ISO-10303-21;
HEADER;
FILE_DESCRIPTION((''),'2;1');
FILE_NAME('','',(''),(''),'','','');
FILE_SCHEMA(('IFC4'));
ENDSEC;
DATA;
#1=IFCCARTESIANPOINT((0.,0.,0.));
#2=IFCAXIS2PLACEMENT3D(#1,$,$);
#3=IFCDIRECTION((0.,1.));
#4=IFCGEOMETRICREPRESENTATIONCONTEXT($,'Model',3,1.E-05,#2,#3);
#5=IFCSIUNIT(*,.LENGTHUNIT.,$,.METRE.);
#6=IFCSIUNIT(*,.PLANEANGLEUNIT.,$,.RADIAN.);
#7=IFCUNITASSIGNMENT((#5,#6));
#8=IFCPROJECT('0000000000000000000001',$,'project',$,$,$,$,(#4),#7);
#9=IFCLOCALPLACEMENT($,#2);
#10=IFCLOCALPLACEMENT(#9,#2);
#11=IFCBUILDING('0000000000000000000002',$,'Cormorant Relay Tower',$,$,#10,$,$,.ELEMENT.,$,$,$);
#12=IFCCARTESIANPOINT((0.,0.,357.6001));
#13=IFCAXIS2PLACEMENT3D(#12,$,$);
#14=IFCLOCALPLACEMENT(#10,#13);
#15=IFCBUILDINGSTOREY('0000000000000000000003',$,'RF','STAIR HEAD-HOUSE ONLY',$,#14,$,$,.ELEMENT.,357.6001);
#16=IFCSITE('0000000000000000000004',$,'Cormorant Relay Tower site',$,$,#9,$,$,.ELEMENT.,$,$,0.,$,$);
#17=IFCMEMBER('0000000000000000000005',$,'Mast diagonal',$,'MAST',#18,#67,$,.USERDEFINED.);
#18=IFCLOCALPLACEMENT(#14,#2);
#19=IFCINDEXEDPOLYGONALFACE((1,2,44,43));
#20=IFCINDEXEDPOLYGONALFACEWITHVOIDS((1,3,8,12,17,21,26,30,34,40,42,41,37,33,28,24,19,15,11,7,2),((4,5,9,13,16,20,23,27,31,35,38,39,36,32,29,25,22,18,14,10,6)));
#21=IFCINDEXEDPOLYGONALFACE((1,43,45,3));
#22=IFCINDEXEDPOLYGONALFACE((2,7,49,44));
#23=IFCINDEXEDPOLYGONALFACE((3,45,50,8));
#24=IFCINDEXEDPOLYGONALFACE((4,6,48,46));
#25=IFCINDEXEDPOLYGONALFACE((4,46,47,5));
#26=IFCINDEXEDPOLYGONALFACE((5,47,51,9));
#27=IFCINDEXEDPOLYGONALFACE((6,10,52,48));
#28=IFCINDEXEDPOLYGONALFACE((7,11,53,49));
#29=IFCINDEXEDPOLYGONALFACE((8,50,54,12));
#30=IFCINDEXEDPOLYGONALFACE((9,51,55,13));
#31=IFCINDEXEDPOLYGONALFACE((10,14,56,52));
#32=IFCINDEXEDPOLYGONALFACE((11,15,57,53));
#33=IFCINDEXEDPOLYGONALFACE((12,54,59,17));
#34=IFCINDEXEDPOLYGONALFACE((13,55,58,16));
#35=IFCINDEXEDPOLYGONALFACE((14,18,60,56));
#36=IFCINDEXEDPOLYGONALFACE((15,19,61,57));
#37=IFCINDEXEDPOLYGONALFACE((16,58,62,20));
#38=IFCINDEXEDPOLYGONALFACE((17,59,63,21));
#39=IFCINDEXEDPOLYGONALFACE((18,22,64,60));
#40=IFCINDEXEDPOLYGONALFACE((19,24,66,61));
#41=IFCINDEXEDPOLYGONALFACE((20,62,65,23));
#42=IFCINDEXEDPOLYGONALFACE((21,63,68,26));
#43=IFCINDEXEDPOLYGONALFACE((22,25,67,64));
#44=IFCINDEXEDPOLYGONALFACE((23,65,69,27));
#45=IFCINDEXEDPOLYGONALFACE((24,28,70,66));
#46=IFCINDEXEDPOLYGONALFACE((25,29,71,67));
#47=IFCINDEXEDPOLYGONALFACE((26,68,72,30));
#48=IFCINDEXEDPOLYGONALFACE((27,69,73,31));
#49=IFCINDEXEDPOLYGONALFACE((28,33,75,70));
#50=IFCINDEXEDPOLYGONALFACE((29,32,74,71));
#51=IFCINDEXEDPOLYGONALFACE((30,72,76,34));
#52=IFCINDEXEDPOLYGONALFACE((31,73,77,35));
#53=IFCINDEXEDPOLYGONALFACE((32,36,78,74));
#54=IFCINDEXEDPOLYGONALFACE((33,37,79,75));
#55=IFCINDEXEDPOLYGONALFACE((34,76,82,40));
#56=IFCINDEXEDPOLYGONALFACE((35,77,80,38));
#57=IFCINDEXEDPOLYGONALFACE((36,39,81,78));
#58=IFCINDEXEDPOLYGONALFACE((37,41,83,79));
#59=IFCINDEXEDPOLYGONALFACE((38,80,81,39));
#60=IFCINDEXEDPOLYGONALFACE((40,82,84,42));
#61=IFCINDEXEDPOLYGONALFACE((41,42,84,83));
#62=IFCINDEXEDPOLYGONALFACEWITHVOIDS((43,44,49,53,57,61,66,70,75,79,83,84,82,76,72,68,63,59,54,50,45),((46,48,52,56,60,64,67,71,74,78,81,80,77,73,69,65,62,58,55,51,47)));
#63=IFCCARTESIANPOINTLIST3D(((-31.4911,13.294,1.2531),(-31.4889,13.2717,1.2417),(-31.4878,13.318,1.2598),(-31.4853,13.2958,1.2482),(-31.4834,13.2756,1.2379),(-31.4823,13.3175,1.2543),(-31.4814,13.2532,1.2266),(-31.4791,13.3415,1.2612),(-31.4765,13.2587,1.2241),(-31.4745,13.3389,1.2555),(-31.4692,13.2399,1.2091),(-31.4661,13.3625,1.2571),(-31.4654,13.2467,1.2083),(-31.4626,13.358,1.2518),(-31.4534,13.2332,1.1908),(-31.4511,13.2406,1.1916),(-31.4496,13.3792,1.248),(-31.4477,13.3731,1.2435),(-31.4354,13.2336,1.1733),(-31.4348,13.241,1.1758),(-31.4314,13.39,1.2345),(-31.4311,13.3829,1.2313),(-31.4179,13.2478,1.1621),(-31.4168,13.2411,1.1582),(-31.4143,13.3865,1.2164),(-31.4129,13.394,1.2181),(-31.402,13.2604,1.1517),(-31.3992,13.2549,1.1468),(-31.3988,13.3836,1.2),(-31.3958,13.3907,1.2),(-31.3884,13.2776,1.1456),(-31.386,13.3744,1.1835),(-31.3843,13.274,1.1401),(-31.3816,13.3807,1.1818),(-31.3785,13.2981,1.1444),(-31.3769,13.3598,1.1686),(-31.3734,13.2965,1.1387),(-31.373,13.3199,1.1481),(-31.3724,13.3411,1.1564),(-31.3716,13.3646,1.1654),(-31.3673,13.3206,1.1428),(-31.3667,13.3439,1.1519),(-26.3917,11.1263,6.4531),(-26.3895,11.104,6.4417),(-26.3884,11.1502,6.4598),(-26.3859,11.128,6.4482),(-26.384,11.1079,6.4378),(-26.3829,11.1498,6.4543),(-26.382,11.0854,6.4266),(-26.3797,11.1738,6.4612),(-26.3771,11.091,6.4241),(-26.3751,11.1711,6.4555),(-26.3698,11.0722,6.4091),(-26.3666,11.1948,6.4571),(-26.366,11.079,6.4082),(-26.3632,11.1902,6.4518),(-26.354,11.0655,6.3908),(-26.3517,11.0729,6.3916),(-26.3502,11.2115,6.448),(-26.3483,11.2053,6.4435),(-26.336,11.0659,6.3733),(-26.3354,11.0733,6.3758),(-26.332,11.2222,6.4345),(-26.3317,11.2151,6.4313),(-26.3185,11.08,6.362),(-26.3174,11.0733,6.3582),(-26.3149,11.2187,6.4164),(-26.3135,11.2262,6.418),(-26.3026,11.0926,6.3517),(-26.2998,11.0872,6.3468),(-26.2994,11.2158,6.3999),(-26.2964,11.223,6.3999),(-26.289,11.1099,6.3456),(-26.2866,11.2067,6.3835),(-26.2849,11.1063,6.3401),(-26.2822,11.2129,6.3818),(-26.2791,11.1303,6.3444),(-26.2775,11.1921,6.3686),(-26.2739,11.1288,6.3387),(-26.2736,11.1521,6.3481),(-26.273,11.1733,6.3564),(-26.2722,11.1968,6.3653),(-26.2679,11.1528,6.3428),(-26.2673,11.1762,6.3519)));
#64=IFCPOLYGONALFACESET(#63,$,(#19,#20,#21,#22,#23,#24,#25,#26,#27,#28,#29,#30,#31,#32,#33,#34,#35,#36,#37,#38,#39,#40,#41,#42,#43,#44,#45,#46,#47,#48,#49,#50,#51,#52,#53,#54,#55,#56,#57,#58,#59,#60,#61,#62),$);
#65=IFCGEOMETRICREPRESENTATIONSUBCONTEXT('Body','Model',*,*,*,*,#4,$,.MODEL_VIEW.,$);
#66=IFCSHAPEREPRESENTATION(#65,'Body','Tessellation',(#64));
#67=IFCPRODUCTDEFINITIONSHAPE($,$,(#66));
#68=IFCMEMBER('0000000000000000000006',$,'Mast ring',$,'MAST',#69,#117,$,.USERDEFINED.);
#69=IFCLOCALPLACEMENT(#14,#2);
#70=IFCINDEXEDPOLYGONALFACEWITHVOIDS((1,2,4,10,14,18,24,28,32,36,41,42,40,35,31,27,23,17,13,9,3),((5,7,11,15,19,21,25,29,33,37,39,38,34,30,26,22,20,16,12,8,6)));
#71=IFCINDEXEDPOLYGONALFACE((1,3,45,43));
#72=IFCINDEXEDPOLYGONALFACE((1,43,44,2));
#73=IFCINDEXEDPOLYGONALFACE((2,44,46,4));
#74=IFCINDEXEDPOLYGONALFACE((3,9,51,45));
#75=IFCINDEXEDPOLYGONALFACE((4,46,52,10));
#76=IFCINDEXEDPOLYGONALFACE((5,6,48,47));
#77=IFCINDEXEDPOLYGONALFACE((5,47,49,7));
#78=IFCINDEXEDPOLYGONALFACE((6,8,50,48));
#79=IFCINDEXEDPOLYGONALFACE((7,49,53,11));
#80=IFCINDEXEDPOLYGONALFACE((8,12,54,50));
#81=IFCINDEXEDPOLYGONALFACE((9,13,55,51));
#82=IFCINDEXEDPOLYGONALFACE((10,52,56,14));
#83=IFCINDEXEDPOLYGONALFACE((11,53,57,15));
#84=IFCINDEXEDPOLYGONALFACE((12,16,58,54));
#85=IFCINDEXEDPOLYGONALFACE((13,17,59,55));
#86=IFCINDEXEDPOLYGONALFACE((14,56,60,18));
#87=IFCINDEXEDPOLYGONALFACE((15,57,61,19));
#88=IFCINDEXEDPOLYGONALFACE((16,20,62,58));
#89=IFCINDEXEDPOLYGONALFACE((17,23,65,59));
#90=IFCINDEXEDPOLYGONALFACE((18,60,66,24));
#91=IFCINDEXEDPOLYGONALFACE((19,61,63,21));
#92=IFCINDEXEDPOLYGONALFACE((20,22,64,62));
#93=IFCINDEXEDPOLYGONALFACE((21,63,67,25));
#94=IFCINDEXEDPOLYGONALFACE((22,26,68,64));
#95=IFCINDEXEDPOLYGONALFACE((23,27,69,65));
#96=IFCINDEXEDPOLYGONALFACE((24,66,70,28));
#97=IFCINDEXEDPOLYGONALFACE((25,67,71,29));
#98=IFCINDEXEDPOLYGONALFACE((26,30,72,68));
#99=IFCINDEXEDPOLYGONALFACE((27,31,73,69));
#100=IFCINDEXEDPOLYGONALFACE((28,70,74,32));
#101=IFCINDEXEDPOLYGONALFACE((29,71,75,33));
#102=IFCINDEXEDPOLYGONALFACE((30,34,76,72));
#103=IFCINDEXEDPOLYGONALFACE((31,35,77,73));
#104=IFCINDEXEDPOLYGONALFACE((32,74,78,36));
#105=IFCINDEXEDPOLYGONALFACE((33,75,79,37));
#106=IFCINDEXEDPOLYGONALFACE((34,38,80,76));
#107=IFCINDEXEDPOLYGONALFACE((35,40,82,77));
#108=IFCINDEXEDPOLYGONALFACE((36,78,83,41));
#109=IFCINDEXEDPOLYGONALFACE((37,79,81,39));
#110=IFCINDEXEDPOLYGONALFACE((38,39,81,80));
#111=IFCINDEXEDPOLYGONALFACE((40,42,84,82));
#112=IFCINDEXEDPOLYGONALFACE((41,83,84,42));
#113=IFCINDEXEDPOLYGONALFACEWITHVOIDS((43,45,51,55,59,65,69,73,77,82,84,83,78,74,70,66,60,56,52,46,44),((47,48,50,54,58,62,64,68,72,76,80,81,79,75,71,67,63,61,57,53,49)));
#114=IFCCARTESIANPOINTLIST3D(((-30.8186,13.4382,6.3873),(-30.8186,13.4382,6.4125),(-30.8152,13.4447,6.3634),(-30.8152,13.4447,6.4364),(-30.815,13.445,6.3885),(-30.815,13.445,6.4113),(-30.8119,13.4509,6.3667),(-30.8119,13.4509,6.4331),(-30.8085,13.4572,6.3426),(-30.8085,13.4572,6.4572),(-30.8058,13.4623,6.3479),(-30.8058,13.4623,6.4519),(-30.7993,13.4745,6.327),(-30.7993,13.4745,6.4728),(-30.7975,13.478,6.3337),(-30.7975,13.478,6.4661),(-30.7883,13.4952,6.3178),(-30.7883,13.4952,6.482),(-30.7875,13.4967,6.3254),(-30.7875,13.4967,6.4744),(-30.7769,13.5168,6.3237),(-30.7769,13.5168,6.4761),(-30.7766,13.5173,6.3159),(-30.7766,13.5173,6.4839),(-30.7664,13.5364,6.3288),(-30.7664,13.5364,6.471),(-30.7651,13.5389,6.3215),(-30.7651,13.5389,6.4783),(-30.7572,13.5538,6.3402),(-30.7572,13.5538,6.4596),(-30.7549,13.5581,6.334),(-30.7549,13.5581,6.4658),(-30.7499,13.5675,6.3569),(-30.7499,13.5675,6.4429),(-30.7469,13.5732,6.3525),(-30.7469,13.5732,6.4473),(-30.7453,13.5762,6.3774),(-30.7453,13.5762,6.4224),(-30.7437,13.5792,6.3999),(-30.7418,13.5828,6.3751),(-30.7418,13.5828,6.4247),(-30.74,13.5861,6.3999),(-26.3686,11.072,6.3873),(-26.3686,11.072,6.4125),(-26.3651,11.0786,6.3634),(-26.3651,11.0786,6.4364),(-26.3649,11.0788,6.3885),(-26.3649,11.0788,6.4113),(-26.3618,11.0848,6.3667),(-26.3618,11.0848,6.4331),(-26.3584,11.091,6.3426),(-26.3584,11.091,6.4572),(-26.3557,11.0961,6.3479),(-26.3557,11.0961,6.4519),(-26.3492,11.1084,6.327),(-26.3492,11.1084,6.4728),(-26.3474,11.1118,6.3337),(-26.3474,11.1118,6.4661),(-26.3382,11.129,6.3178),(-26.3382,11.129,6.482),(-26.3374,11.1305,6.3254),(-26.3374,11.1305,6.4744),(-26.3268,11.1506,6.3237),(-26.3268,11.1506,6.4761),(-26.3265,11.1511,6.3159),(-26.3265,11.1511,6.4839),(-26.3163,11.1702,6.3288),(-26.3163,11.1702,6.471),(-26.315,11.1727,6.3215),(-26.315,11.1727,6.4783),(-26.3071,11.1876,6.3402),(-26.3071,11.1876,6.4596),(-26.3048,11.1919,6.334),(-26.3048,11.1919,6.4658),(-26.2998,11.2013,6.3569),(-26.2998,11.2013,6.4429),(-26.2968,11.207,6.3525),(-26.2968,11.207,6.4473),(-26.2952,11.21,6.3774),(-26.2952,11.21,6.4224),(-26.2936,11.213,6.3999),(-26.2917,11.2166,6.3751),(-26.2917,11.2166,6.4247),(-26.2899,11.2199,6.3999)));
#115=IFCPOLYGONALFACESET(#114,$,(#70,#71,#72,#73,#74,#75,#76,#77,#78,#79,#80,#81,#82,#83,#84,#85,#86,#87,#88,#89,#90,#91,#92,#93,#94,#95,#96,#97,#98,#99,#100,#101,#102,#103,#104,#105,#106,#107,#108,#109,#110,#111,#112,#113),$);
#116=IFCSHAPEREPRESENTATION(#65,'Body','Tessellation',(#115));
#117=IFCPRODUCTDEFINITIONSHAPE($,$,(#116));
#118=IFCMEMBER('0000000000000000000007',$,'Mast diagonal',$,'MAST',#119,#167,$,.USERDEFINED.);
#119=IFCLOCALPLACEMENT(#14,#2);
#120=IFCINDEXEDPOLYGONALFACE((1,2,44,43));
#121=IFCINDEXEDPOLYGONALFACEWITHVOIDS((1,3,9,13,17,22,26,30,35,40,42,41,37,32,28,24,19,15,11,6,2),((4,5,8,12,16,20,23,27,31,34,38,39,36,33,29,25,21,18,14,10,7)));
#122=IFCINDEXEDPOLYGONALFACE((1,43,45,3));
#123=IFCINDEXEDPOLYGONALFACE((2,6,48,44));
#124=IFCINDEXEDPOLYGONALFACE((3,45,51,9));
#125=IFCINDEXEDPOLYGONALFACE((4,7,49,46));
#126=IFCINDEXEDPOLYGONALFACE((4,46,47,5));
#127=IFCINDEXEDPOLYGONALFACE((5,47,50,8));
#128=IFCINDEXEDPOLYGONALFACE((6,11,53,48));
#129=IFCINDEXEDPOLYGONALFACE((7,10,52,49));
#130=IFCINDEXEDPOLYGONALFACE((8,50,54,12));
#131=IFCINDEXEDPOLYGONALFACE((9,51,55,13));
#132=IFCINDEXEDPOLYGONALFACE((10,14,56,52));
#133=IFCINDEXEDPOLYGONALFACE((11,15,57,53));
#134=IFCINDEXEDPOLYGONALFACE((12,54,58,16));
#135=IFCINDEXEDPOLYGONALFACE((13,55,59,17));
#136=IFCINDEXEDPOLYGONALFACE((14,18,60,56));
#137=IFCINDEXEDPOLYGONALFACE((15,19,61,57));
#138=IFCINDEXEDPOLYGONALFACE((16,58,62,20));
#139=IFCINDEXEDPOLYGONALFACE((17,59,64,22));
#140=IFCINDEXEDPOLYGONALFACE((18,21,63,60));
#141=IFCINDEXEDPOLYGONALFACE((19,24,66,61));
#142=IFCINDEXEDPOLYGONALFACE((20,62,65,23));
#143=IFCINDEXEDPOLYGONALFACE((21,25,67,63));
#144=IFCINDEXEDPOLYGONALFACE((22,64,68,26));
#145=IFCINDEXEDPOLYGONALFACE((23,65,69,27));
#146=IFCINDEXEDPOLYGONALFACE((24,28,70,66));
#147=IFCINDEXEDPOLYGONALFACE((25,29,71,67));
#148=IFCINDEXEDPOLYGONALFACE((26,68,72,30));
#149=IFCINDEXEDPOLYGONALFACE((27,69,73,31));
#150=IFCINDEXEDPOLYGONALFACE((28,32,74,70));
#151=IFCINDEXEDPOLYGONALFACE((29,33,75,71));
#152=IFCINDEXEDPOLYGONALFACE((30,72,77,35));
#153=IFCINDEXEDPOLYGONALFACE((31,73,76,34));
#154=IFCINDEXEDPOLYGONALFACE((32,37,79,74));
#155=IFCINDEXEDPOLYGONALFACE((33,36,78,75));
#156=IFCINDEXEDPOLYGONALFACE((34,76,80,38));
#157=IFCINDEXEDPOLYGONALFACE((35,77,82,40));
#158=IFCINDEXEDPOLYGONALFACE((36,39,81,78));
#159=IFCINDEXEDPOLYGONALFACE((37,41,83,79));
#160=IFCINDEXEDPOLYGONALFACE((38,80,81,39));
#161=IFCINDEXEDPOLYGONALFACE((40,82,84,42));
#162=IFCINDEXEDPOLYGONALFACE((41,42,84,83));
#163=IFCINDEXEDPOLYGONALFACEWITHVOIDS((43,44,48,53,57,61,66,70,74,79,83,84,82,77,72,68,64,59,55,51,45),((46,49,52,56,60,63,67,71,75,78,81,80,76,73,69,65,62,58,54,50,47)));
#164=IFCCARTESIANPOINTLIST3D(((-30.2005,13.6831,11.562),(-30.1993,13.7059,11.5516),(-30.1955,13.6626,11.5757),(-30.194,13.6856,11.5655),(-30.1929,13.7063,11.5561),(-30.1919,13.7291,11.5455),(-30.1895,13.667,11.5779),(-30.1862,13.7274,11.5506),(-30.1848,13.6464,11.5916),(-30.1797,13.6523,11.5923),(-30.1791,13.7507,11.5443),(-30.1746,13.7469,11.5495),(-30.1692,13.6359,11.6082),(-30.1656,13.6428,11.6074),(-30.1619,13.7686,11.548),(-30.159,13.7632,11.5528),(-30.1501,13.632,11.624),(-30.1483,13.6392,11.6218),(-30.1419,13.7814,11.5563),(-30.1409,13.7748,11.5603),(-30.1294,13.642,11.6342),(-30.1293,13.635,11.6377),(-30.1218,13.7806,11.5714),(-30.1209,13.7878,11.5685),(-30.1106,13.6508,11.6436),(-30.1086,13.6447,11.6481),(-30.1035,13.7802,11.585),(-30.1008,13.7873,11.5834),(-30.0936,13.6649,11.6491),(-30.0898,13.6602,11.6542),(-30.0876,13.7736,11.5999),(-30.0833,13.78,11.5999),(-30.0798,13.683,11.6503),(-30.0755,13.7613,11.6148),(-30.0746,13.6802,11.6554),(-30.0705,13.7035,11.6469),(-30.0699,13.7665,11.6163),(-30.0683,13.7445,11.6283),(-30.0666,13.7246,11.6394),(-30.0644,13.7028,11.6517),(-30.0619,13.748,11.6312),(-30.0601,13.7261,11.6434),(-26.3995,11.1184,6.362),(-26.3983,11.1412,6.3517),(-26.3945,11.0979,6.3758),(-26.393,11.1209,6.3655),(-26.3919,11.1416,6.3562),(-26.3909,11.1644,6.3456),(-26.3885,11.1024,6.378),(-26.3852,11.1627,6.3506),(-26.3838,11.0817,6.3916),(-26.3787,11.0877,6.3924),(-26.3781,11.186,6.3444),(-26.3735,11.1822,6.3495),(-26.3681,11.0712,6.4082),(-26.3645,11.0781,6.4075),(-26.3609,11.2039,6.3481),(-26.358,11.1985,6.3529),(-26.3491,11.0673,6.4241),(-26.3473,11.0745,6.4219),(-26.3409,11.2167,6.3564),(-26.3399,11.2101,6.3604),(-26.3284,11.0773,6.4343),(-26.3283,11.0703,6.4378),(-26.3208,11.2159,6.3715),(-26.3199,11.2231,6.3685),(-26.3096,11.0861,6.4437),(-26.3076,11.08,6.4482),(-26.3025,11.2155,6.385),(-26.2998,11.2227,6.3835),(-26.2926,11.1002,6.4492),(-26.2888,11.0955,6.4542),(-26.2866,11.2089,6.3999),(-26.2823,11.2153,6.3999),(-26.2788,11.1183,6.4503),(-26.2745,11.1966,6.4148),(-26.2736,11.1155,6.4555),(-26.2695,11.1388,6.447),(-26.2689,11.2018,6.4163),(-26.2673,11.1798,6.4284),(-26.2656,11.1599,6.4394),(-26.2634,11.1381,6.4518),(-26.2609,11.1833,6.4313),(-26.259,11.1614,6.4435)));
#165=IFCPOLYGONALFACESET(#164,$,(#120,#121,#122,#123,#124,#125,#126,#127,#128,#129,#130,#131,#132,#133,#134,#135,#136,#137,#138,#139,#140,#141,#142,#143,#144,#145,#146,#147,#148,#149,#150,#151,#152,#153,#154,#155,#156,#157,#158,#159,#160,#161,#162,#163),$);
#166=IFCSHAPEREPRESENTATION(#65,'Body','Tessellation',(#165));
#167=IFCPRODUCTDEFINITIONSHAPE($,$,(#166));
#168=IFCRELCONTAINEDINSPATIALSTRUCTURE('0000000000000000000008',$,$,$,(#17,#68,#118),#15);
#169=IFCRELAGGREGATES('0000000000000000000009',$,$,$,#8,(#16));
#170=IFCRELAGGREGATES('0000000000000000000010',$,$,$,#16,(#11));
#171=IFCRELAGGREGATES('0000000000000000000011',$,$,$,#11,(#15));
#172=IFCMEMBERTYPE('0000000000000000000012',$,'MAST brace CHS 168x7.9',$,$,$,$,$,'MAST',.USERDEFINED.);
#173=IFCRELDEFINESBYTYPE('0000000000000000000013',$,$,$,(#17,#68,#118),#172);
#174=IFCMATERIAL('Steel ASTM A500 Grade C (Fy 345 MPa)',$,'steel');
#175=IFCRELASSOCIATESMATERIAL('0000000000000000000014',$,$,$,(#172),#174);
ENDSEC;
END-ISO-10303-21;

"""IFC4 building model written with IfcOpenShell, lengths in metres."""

from ifc_helpers import new_model, si_unit, direction, frame, origin, origin_2d, place, context, subcontext, project, spatial, hollow_circle, extrude, material, material_profile, profile_set, type_object, element, save


model = new_model("IFC4")

# Units and contexts
model_context = context("Model", 3, precision=1e-05, world=origin(), true_north=direction((0.0, 1.0)))
body_context = subcontext(model_context, "Body", "Model", "MODEL_VIEW")
ifc_project = project(units=[si_unit("LENGTHUNIT", "METRE"), si_unit("PLANEANGLEUNIT", "RADIAN")], contexts=[model_context])

# Site, building, storey
site_placement = place(None, origin())
site = spatial("IfcSite", under=ifc_project, at=site_placement, Name="Cormorant Relay Tower site", CompositionType="ELEMENT", RefElevation=0.0)
building_placement = place(site_placement, origin())
building = spatial("IfcBuilding", under=site, at=building_placement, Name="Cormorant Relay Tower", CompositionType="ELEMENT")
storey_placement = place(building_placement, frame((0.0, 0.0, 357.6001)))
storey = spatial("IfcBuildingStorey", under=building, at=storey_placement, Name="RF", Description="STAIR HEAD-HOUSE ONLY", CompositionType="ELEMENT", Elevation=357.6001)

# Members
ifc_material_1 = material(Name="Steel ASTM A500 Grade C (Fy 345 MPa)", Category="steel")
ifc_material_profile_1 = material_profile(ifc_material_1, hollow_circle(Radius=0.0842, WallThickness=0.0078, at=origin_2d()), Name="CHS 168x7.9")
ifc_profile_set_1 = profile_set([ifc_material_profile_1], Name="Steel ASTM A500 Grade C (Fy 345 MPa)")
member_type_1 = type_object("IfcMemberType", Name="MAST brace CHS 168x7.9", ElementType="MAST", PredefinedType="USERDEFINED", material=ifc_profile_set_1)
member_1_placement = place(storey_placement, frame((-31.4287, 13.3132, 1.2), z_axis=(0.671073, -0.285271, 0.68431), x_axis=(0.391216, 0.920299, 0.0)))
element("IfcMember", 1, at=member_1_placement, inside=storey, type_object=member_type_1, Name="Mast diagonal", ObjectType="MAST", PredefinedType="USERDEFINED", context=body_context, shape_type="SweptSolid", body=[
    extrude(hollow_circle(Radius=0.0842, WallThickness=0.0078, at=origin_2d()), origin(), (0.0, 0.0, 1.0), 7.5989),
])
member_2_placement = place(storey_placement, frame((-30.7795, 13.5117, 6.3999), z_axis=(0.882948, -0.469472, 0.0), x_axis=(0.469472, 0.882948, 0.0)))
element("IfcMember", 2, at=member_2_placement, inside=storey, type_object=member_type_1, Name="Mast ring", ObjectType="MAST", PredefinedType="USERDEFINED", context=body_context, shape_type="SweptSolid", body=[
    extrude(hollow_circle(Radius=0.0842, WallThickness=0.0078, at=origin_2d()), origin(), (0.0, 0.0, 1.0), 5.04),
])
member_3_placement = place(storey_placement, frame((-30.1304, 13.7102, 11.5999), z_axis=(0.54826, -0.369932, -0.750041), x_axis=(0.559324, 0.828949, 0.0)))
element("IfcMember", 3, at=member_3_placement, inside=storey, type_object=member_type_1, Name="Mast diagonal", ObjectType="MAST", PredefinedType="USERDEFINED", context=body_context, shape_type="SweptSolid", body=[
    extrude(hollow_circle(Radius=0.0842, WallThickness=0.0078, at=origin_2d()), origin(), (0.0, 0.0, 1.0), 6.9329),
])

save(model, "model.ifc")
